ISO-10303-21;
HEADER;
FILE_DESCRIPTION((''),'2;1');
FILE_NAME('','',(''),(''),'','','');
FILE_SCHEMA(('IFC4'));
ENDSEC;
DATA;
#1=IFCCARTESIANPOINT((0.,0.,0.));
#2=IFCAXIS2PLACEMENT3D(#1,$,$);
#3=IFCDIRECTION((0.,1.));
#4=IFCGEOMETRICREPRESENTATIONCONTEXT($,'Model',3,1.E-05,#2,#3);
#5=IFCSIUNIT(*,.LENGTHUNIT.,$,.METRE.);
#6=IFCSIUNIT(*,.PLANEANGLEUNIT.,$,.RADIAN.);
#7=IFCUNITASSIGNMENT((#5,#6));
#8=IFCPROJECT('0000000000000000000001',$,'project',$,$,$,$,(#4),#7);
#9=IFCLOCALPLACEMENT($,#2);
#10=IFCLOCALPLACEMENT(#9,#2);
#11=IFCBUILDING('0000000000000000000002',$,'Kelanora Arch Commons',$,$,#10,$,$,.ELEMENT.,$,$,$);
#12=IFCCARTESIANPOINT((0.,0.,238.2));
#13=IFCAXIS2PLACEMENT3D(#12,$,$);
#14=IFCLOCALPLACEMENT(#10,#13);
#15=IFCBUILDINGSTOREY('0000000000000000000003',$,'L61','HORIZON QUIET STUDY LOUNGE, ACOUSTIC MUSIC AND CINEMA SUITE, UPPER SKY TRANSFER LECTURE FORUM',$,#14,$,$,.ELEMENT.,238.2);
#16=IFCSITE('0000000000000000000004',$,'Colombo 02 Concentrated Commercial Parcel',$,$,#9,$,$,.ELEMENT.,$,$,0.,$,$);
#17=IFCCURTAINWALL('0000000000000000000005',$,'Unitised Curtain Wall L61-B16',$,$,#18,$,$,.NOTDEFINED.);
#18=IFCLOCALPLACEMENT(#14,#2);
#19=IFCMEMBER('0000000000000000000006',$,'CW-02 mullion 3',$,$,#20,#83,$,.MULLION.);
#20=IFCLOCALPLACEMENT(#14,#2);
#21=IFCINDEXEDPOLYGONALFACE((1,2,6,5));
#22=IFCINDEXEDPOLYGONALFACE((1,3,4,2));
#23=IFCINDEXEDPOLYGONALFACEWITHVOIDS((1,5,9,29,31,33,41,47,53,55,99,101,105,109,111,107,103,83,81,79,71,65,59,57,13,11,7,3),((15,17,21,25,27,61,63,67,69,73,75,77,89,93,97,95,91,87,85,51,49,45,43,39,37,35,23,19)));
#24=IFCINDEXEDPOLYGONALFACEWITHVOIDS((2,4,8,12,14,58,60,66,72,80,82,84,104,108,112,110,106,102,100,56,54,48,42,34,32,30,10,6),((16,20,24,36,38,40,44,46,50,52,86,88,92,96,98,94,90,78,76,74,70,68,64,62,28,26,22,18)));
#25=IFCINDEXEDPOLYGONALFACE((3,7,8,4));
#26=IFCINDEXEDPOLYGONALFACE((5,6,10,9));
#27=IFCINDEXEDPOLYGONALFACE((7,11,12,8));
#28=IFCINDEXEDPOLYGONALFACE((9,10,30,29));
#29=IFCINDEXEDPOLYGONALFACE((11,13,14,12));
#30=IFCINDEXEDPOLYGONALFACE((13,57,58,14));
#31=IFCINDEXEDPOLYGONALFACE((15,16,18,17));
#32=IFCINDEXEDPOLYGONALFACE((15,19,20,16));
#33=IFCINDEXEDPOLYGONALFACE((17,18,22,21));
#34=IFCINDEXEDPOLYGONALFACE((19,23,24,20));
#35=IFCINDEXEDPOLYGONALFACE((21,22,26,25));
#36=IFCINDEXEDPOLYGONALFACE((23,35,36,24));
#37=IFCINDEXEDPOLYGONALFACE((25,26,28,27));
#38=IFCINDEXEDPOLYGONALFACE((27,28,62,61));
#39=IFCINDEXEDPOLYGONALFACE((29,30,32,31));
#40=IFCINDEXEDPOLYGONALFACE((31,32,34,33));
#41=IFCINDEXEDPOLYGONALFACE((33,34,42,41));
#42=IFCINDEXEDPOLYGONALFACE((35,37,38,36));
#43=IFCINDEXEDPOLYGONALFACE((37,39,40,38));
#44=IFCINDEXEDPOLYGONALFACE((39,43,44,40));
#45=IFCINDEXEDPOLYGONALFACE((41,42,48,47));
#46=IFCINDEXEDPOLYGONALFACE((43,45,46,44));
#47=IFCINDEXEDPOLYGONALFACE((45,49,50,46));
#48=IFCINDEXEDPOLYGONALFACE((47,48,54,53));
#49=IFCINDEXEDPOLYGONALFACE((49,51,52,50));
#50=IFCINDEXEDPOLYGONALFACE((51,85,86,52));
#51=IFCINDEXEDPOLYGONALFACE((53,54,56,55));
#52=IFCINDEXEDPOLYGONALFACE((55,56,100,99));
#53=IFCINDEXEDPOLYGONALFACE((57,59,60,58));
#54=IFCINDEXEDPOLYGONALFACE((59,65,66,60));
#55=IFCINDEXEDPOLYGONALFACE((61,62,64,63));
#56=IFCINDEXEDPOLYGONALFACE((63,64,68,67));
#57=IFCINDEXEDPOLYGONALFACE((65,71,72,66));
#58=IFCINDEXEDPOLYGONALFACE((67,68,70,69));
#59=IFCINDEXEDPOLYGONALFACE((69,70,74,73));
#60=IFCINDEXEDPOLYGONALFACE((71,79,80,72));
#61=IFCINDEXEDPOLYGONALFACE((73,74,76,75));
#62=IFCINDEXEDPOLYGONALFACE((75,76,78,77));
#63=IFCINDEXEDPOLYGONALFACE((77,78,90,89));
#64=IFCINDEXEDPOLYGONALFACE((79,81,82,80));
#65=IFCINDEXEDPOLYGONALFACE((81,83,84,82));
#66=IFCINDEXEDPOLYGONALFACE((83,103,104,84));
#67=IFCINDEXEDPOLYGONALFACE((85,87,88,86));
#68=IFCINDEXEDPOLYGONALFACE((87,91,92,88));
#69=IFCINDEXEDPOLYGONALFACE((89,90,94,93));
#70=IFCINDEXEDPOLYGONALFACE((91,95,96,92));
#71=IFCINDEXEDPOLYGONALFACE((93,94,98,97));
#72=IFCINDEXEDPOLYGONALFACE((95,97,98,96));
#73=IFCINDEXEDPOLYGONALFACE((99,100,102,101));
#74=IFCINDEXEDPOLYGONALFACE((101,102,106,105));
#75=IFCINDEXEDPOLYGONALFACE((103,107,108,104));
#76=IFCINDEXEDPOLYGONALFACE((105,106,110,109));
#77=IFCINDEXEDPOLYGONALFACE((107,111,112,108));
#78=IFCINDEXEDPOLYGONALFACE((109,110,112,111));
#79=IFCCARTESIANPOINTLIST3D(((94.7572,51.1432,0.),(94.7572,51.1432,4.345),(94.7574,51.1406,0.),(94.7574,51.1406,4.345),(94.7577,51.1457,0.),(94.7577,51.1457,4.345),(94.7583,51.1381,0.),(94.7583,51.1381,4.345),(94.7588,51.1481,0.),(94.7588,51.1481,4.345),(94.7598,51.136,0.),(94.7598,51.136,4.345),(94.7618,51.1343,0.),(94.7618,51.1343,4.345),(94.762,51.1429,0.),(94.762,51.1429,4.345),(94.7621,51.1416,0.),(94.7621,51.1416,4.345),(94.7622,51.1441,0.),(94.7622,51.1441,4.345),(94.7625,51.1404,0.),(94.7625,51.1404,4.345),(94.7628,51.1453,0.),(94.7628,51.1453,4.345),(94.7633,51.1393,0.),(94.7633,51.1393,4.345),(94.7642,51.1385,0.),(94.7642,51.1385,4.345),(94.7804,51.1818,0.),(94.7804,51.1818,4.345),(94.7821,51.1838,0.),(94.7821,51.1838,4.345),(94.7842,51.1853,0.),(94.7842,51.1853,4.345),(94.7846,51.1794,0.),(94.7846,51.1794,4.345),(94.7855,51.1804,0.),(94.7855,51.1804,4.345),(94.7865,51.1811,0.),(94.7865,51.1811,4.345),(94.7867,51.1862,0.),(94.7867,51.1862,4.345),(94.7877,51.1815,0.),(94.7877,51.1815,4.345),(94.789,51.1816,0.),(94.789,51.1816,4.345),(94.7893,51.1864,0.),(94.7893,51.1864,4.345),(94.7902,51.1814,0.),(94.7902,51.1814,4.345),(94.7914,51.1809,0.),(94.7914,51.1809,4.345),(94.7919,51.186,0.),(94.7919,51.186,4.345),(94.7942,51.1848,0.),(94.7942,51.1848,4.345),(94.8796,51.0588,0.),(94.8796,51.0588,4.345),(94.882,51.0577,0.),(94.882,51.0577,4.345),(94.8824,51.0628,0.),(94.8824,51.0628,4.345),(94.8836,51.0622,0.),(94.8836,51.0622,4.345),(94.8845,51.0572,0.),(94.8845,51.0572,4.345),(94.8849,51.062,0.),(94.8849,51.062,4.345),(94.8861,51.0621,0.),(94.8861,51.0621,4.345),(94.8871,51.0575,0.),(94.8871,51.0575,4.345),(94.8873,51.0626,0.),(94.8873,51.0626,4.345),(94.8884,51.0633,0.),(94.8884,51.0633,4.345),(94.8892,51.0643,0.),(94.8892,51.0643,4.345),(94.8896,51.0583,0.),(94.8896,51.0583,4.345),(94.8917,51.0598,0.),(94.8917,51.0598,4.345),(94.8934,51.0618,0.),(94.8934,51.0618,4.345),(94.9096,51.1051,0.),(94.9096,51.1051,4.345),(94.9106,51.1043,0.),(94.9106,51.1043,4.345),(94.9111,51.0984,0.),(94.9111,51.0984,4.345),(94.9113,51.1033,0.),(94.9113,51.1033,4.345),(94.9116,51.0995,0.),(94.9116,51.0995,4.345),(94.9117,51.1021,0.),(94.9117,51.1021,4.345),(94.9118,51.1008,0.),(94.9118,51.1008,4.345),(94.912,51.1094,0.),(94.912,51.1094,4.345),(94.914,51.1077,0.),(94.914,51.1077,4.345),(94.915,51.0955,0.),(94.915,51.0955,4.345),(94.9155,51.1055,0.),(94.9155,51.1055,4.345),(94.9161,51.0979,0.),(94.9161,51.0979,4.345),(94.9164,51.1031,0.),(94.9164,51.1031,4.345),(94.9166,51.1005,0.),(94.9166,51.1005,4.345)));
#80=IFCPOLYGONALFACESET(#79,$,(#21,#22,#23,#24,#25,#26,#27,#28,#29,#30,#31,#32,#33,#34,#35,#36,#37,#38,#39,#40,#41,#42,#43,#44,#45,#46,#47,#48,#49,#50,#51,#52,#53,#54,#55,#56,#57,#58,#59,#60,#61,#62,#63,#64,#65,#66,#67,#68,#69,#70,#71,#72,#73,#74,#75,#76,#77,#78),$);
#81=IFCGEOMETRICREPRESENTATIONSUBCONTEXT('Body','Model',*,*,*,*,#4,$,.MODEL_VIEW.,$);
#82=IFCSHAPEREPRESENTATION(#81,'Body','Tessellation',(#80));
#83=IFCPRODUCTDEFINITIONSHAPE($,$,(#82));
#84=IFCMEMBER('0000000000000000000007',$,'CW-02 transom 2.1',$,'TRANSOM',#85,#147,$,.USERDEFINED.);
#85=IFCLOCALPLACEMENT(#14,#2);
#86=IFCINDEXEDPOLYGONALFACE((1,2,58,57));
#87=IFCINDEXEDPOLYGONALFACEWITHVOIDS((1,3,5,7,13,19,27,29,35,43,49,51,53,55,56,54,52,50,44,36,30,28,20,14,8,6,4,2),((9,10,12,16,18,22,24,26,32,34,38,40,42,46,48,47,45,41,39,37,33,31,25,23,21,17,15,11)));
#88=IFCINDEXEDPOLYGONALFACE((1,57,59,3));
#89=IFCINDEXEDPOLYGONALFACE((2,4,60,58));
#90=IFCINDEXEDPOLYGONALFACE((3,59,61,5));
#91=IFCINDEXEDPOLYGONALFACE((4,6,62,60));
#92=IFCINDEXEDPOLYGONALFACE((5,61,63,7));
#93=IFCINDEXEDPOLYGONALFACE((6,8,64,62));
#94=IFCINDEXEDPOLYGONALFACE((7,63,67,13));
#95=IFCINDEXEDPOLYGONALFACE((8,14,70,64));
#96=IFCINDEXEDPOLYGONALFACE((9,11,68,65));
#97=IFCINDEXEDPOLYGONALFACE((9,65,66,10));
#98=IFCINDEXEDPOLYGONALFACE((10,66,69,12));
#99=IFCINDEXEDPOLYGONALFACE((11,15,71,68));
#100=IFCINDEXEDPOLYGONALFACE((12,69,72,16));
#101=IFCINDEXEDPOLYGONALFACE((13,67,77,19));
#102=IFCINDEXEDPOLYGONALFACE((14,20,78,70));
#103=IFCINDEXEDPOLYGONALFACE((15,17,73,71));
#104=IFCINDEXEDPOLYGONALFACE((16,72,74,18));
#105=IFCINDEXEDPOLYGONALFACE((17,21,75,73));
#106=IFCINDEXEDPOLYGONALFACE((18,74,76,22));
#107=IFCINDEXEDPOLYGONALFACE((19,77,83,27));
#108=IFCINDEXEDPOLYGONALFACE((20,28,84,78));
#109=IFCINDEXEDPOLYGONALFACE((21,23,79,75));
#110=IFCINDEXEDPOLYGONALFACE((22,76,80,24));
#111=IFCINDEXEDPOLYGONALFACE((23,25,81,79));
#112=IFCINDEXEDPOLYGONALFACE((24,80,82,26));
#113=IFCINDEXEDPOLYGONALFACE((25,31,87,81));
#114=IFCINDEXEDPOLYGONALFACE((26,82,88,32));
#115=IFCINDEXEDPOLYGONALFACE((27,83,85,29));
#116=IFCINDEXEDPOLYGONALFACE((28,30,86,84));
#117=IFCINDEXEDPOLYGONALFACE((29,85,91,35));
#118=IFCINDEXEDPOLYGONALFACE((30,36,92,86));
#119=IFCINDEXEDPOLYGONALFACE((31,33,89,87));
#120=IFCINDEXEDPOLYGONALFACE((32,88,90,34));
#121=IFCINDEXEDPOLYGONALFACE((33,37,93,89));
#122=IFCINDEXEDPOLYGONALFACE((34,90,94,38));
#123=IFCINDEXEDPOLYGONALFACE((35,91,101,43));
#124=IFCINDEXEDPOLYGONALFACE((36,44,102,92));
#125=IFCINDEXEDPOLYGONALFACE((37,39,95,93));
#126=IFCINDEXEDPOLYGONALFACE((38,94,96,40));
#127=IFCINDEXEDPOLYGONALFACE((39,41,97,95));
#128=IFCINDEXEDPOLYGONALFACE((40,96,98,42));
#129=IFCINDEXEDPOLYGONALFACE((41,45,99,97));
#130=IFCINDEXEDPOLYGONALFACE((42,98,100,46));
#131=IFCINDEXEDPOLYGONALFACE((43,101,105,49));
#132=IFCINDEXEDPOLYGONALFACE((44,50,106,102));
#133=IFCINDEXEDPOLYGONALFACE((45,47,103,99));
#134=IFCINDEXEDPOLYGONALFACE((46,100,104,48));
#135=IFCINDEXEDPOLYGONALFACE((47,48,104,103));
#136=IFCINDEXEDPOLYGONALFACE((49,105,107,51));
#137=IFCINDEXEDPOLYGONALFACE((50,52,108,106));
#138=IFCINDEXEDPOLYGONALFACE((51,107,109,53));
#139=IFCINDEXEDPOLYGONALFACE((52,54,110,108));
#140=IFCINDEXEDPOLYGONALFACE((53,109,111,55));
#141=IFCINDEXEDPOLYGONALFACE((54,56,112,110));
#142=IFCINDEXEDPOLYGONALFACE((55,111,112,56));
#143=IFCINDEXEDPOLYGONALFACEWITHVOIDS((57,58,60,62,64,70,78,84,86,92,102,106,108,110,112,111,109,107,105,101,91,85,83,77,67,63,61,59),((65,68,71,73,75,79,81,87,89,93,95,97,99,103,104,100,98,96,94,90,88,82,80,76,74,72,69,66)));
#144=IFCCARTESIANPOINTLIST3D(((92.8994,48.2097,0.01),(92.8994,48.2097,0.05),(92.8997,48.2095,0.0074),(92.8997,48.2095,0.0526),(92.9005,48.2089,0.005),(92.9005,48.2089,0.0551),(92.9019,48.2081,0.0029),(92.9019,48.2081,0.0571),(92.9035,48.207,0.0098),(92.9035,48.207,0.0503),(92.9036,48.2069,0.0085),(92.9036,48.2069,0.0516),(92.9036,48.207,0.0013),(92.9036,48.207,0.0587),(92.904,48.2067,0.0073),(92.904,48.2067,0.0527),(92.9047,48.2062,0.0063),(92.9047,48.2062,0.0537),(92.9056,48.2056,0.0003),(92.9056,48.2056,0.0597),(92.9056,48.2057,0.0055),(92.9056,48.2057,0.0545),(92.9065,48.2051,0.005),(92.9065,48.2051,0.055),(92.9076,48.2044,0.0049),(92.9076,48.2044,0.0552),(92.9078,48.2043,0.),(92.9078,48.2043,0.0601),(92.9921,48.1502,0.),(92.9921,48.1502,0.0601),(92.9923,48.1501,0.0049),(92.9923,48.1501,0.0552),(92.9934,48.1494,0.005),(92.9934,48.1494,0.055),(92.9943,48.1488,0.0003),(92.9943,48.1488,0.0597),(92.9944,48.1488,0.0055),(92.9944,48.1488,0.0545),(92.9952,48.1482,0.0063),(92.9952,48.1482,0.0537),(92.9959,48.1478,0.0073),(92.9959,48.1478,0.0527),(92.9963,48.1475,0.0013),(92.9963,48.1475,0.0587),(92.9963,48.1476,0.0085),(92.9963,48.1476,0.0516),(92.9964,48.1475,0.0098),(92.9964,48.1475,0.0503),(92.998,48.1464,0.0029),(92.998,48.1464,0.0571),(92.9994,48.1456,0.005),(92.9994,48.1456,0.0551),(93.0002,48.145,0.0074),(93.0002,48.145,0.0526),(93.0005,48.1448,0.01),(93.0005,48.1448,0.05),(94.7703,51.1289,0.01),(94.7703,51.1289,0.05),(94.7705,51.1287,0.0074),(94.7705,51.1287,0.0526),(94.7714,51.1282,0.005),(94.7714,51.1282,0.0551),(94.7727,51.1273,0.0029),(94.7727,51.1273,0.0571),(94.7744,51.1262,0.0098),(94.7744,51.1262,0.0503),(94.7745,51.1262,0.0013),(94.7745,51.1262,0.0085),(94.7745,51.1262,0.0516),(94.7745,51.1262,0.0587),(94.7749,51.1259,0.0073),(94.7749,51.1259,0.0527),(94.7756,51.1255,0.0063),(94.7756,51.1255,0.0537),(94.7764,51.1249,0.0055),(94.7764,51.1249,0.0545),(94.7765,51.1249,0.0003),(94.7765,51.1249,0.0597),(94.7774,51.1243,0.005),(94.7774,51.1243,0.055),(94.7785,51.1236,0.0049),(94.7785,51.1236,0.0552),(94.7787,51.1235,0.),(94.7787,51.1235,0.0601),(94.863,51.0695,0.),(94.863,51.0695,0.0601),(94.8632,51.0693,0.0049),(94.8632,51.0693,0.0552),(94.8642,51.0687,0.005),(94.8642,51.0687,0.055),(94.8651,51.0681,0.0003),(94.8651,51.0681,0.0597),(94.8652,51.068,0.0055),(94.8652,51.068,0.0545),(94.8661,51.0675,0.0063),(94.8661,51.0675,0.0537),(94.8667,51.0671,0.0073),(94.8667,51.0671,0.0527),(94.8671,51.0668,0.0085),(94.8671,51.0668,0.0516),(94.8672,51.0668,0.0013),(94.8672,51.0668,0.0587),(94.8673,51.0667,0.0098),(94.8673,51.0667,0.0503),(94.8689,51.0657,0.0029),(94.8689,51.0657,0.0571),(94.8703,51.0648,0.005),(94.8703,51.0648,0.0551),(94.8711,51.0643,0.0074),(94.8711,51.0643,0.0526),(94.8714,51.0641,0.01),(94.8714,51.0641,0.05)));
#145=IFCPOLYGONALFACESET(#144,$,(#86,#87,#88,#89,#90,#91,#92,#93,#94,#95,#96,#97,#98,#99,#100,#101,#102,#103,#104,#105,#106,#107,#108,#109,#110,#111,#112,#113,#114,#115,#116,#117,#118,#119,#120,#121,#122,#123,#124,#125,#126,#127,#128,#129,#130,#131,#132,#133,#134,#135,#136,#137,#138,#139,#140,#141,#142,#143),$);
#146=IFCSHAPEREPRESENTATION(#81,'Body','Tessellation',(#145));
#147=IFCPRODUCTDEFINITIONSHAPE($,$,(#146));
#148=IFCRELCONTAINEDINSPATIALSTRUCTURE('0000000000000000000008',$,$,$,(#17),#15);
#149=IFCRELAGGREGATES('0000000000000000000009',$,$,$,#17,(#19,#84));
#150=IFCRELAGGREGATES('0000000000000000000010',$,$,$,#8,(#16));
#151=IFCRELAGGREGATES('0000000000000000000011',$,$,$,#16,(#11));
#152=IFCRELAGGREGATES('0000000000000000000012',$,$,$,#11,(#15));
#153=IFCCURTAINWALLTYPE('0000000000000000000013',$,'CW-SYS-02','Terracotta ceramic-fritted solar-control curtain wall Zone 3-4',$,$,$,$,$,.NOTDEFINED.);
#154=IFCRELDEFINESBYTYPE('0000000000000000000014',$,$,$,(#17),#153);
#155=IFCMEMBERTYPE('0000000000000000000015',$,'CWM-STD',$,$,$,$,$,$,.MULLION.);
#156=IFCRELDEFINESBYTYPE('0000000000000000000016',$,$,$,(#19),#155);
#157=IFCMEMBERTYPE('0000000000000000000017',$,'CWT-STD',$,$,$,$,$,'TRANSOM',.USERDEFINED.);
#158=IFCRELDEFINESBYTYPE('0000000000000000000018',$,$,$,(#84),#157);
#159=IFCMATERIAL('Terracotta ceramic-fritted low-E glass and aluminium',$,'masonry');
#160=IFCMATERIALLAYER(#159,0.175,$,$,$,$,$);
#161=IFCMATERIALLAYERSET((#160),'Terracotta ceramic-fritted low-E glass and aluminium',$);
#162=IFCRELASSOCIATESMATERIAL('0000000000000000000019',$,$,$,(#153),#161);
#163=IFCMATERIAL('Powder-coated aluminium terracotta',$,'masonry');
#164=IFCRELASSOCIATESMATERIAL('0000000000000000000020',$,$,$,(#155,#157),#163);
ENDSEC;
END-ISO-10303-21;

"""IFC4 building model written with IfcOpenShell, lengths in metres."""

from ifc_helpers import new_model, si_unit, direction, frame, origin, origin_2d, place, context, subcontext, project, spatial, hollow_rectangle, extrude, material, layer, layer_set, material_profile, profile_set, type_object, element, aggregate, save


model = new_model("IFC4")

# Units and contexts
model_context = context("Model", 3, precision=1e-05, world=origin(), true_north=direction((0.0, 1.0)))
body_context = subcontext(model_context, "Body", "Model", "MODEL_VIEW")
ifc_project = project(units=[si_unit("LENGTHUNIT", "METRE"), si_unit("PLANEANGLEUNIT", "RADIAN")], contexts=[model_context])

# Site, building, storey
site_placement = place(None, origin())
site = spatial("IfcSite", under=ifc_project, at=site_placement, Name="Colombo 02 Concentrated Commercial Parcel", CompositionType="ELEMENT", RefElevation=0.0)
building_placement = place(site_placement, origin())
building = spatial("IfcBuilding", under=site, at=building_placement, Name="Kelanora Arch Commons", CompositionType="ELEMENT")
storey_placement = place(building_placement, frame((0.0, 0.0, 238.2)))
storey = spatial("IfcBuildingStorey", under=building, at=storey_placement, Name="L61", Description="HORIZON QUIET STUDY LOUNGE, ACOUSTIC MUSIC AND CINEMA SUITE, UPPER SKY TRANSFER LECTURE FORUM", CompositionType="ELEMENT", Elevation=238.2)

# Curtain wall, members
ifc_material_1 = material(Name="Terracotta ceramic-fritted low-E glass and aluminium", Category="masonry")
ifc_layer_1 = layer(ifc_material_1, 0.175)
ifc_layer_set_1 = layer_set([ifc_layer_1], Name="Terracotta ceramic-fritted low-E glass and aluminium")
curtain_wall_type = type_object("IfcCurtainWallType", Name="CW-SYS-02", Description="Terracotta ceramic-fritted solar-control curtain wall Zone 3-4", PredefinedType="NOTDEFINED", material=ifc_layer_set_1)
curtain_wall_placement = place(storey_placement, origin())
curtain_wall = element("IfcCurtainWall", 1, at=curtain_wall_placement, inside=storey, type_object=curtain_wall_type, Name="Unitised Curtain Wall L61-B16", PredefinedType="NOTDEFINED")
ifc_material_2 = material(Name="Powder-coated aluminium terracotta", Category="masonry")
ifc_material_profile_1 = material_profile(ifc_material_2, hollow_rectangle(XDim=0.1599, YDim=0.0601, WallThickness=0.0049, InnerFilletRadius=0.0049, OuterFilletRadius=0.01, at=origin_2d()), Name="CWM160x60")
ifc_profile_set_1 = profile_set([ifc_material_profile_1], Name="Powder-coated aluminium terracotta")
member_type_1 = type_object("IfcMemberType", Name="CWM-STD", PredefinedType="MULLION", material=ifc_profile_set_1)
member_1_placement = place(storey_placement, frame((94.8369, 51.1218, 0.0), z_axis=(0.0, 0.0, 1.0), x_axis=(-0.841948, 0.539559, 0.0)))
member_1 = element("IfcMember", 2, at=member_1_placement, type_object=member_type_1, Name="CW-02 mullion 3", PredefinedType="MULLION", context=body_context, shape_type="SweptSolid", body=[
    extrude(hollow_rectangle(XDim=0.1599, YDim=0.0601, WallThickness=0.0049, InnerFilletRadius=0.0049, OuterFilletRadius=0.01, at=origin_2d()), origin(), (0.0, 0.0, 1.0), 4.345),
])
ifc_material_profile_2 = material_profile(ifc_material_2, hollow_rectangle(XDim=0.1201, YDim=0.0601, WallThickness=0.0049, InnerFilletRadius=0.0049, OuterFilletRadius=0.01, at=origin_2d()), Name="CWT120x60")
ifc_profile_set_2 = profile_set([ifc_material_profile_2], Name="Powder-coated aluminium terracotta")
member_type_2 = type_object("IfcMemberType", Name="CWT-STD", ElementType="TRANSOM", PredefinedType="USERDEFINED", material=ifc_profile_set_2)
member_2_placement = place(storey_placement, frame((92.95, 48.1772, 0.03), z_axis=(0.539579, 0.841935, 0.0), x_axis=(-0.841935, 0.539579, 0.0)))
member_2 = element("IfcMember", 3, at=member_2_placement, type_object=member_type_2, Name="CW-02 transom 2.1", ObjectType="TRANSOM", PredefinedType="USERDEFINED", context=body_context, shape_type="SweptSolid", body=[
    extrude(hollow_rectangle(XDim=0.1201, YDim=0.0601, WallThickness=0.0049, InnerFilletRadius=0.0049, OuterFilletRadius=0.01, at=origin_2d()), origin(), (0.0, 0.0, 1.0), 3.4673),
])
aggregate(curtain_wall, [member_1, member_2])

save(model, "model.ifc")
